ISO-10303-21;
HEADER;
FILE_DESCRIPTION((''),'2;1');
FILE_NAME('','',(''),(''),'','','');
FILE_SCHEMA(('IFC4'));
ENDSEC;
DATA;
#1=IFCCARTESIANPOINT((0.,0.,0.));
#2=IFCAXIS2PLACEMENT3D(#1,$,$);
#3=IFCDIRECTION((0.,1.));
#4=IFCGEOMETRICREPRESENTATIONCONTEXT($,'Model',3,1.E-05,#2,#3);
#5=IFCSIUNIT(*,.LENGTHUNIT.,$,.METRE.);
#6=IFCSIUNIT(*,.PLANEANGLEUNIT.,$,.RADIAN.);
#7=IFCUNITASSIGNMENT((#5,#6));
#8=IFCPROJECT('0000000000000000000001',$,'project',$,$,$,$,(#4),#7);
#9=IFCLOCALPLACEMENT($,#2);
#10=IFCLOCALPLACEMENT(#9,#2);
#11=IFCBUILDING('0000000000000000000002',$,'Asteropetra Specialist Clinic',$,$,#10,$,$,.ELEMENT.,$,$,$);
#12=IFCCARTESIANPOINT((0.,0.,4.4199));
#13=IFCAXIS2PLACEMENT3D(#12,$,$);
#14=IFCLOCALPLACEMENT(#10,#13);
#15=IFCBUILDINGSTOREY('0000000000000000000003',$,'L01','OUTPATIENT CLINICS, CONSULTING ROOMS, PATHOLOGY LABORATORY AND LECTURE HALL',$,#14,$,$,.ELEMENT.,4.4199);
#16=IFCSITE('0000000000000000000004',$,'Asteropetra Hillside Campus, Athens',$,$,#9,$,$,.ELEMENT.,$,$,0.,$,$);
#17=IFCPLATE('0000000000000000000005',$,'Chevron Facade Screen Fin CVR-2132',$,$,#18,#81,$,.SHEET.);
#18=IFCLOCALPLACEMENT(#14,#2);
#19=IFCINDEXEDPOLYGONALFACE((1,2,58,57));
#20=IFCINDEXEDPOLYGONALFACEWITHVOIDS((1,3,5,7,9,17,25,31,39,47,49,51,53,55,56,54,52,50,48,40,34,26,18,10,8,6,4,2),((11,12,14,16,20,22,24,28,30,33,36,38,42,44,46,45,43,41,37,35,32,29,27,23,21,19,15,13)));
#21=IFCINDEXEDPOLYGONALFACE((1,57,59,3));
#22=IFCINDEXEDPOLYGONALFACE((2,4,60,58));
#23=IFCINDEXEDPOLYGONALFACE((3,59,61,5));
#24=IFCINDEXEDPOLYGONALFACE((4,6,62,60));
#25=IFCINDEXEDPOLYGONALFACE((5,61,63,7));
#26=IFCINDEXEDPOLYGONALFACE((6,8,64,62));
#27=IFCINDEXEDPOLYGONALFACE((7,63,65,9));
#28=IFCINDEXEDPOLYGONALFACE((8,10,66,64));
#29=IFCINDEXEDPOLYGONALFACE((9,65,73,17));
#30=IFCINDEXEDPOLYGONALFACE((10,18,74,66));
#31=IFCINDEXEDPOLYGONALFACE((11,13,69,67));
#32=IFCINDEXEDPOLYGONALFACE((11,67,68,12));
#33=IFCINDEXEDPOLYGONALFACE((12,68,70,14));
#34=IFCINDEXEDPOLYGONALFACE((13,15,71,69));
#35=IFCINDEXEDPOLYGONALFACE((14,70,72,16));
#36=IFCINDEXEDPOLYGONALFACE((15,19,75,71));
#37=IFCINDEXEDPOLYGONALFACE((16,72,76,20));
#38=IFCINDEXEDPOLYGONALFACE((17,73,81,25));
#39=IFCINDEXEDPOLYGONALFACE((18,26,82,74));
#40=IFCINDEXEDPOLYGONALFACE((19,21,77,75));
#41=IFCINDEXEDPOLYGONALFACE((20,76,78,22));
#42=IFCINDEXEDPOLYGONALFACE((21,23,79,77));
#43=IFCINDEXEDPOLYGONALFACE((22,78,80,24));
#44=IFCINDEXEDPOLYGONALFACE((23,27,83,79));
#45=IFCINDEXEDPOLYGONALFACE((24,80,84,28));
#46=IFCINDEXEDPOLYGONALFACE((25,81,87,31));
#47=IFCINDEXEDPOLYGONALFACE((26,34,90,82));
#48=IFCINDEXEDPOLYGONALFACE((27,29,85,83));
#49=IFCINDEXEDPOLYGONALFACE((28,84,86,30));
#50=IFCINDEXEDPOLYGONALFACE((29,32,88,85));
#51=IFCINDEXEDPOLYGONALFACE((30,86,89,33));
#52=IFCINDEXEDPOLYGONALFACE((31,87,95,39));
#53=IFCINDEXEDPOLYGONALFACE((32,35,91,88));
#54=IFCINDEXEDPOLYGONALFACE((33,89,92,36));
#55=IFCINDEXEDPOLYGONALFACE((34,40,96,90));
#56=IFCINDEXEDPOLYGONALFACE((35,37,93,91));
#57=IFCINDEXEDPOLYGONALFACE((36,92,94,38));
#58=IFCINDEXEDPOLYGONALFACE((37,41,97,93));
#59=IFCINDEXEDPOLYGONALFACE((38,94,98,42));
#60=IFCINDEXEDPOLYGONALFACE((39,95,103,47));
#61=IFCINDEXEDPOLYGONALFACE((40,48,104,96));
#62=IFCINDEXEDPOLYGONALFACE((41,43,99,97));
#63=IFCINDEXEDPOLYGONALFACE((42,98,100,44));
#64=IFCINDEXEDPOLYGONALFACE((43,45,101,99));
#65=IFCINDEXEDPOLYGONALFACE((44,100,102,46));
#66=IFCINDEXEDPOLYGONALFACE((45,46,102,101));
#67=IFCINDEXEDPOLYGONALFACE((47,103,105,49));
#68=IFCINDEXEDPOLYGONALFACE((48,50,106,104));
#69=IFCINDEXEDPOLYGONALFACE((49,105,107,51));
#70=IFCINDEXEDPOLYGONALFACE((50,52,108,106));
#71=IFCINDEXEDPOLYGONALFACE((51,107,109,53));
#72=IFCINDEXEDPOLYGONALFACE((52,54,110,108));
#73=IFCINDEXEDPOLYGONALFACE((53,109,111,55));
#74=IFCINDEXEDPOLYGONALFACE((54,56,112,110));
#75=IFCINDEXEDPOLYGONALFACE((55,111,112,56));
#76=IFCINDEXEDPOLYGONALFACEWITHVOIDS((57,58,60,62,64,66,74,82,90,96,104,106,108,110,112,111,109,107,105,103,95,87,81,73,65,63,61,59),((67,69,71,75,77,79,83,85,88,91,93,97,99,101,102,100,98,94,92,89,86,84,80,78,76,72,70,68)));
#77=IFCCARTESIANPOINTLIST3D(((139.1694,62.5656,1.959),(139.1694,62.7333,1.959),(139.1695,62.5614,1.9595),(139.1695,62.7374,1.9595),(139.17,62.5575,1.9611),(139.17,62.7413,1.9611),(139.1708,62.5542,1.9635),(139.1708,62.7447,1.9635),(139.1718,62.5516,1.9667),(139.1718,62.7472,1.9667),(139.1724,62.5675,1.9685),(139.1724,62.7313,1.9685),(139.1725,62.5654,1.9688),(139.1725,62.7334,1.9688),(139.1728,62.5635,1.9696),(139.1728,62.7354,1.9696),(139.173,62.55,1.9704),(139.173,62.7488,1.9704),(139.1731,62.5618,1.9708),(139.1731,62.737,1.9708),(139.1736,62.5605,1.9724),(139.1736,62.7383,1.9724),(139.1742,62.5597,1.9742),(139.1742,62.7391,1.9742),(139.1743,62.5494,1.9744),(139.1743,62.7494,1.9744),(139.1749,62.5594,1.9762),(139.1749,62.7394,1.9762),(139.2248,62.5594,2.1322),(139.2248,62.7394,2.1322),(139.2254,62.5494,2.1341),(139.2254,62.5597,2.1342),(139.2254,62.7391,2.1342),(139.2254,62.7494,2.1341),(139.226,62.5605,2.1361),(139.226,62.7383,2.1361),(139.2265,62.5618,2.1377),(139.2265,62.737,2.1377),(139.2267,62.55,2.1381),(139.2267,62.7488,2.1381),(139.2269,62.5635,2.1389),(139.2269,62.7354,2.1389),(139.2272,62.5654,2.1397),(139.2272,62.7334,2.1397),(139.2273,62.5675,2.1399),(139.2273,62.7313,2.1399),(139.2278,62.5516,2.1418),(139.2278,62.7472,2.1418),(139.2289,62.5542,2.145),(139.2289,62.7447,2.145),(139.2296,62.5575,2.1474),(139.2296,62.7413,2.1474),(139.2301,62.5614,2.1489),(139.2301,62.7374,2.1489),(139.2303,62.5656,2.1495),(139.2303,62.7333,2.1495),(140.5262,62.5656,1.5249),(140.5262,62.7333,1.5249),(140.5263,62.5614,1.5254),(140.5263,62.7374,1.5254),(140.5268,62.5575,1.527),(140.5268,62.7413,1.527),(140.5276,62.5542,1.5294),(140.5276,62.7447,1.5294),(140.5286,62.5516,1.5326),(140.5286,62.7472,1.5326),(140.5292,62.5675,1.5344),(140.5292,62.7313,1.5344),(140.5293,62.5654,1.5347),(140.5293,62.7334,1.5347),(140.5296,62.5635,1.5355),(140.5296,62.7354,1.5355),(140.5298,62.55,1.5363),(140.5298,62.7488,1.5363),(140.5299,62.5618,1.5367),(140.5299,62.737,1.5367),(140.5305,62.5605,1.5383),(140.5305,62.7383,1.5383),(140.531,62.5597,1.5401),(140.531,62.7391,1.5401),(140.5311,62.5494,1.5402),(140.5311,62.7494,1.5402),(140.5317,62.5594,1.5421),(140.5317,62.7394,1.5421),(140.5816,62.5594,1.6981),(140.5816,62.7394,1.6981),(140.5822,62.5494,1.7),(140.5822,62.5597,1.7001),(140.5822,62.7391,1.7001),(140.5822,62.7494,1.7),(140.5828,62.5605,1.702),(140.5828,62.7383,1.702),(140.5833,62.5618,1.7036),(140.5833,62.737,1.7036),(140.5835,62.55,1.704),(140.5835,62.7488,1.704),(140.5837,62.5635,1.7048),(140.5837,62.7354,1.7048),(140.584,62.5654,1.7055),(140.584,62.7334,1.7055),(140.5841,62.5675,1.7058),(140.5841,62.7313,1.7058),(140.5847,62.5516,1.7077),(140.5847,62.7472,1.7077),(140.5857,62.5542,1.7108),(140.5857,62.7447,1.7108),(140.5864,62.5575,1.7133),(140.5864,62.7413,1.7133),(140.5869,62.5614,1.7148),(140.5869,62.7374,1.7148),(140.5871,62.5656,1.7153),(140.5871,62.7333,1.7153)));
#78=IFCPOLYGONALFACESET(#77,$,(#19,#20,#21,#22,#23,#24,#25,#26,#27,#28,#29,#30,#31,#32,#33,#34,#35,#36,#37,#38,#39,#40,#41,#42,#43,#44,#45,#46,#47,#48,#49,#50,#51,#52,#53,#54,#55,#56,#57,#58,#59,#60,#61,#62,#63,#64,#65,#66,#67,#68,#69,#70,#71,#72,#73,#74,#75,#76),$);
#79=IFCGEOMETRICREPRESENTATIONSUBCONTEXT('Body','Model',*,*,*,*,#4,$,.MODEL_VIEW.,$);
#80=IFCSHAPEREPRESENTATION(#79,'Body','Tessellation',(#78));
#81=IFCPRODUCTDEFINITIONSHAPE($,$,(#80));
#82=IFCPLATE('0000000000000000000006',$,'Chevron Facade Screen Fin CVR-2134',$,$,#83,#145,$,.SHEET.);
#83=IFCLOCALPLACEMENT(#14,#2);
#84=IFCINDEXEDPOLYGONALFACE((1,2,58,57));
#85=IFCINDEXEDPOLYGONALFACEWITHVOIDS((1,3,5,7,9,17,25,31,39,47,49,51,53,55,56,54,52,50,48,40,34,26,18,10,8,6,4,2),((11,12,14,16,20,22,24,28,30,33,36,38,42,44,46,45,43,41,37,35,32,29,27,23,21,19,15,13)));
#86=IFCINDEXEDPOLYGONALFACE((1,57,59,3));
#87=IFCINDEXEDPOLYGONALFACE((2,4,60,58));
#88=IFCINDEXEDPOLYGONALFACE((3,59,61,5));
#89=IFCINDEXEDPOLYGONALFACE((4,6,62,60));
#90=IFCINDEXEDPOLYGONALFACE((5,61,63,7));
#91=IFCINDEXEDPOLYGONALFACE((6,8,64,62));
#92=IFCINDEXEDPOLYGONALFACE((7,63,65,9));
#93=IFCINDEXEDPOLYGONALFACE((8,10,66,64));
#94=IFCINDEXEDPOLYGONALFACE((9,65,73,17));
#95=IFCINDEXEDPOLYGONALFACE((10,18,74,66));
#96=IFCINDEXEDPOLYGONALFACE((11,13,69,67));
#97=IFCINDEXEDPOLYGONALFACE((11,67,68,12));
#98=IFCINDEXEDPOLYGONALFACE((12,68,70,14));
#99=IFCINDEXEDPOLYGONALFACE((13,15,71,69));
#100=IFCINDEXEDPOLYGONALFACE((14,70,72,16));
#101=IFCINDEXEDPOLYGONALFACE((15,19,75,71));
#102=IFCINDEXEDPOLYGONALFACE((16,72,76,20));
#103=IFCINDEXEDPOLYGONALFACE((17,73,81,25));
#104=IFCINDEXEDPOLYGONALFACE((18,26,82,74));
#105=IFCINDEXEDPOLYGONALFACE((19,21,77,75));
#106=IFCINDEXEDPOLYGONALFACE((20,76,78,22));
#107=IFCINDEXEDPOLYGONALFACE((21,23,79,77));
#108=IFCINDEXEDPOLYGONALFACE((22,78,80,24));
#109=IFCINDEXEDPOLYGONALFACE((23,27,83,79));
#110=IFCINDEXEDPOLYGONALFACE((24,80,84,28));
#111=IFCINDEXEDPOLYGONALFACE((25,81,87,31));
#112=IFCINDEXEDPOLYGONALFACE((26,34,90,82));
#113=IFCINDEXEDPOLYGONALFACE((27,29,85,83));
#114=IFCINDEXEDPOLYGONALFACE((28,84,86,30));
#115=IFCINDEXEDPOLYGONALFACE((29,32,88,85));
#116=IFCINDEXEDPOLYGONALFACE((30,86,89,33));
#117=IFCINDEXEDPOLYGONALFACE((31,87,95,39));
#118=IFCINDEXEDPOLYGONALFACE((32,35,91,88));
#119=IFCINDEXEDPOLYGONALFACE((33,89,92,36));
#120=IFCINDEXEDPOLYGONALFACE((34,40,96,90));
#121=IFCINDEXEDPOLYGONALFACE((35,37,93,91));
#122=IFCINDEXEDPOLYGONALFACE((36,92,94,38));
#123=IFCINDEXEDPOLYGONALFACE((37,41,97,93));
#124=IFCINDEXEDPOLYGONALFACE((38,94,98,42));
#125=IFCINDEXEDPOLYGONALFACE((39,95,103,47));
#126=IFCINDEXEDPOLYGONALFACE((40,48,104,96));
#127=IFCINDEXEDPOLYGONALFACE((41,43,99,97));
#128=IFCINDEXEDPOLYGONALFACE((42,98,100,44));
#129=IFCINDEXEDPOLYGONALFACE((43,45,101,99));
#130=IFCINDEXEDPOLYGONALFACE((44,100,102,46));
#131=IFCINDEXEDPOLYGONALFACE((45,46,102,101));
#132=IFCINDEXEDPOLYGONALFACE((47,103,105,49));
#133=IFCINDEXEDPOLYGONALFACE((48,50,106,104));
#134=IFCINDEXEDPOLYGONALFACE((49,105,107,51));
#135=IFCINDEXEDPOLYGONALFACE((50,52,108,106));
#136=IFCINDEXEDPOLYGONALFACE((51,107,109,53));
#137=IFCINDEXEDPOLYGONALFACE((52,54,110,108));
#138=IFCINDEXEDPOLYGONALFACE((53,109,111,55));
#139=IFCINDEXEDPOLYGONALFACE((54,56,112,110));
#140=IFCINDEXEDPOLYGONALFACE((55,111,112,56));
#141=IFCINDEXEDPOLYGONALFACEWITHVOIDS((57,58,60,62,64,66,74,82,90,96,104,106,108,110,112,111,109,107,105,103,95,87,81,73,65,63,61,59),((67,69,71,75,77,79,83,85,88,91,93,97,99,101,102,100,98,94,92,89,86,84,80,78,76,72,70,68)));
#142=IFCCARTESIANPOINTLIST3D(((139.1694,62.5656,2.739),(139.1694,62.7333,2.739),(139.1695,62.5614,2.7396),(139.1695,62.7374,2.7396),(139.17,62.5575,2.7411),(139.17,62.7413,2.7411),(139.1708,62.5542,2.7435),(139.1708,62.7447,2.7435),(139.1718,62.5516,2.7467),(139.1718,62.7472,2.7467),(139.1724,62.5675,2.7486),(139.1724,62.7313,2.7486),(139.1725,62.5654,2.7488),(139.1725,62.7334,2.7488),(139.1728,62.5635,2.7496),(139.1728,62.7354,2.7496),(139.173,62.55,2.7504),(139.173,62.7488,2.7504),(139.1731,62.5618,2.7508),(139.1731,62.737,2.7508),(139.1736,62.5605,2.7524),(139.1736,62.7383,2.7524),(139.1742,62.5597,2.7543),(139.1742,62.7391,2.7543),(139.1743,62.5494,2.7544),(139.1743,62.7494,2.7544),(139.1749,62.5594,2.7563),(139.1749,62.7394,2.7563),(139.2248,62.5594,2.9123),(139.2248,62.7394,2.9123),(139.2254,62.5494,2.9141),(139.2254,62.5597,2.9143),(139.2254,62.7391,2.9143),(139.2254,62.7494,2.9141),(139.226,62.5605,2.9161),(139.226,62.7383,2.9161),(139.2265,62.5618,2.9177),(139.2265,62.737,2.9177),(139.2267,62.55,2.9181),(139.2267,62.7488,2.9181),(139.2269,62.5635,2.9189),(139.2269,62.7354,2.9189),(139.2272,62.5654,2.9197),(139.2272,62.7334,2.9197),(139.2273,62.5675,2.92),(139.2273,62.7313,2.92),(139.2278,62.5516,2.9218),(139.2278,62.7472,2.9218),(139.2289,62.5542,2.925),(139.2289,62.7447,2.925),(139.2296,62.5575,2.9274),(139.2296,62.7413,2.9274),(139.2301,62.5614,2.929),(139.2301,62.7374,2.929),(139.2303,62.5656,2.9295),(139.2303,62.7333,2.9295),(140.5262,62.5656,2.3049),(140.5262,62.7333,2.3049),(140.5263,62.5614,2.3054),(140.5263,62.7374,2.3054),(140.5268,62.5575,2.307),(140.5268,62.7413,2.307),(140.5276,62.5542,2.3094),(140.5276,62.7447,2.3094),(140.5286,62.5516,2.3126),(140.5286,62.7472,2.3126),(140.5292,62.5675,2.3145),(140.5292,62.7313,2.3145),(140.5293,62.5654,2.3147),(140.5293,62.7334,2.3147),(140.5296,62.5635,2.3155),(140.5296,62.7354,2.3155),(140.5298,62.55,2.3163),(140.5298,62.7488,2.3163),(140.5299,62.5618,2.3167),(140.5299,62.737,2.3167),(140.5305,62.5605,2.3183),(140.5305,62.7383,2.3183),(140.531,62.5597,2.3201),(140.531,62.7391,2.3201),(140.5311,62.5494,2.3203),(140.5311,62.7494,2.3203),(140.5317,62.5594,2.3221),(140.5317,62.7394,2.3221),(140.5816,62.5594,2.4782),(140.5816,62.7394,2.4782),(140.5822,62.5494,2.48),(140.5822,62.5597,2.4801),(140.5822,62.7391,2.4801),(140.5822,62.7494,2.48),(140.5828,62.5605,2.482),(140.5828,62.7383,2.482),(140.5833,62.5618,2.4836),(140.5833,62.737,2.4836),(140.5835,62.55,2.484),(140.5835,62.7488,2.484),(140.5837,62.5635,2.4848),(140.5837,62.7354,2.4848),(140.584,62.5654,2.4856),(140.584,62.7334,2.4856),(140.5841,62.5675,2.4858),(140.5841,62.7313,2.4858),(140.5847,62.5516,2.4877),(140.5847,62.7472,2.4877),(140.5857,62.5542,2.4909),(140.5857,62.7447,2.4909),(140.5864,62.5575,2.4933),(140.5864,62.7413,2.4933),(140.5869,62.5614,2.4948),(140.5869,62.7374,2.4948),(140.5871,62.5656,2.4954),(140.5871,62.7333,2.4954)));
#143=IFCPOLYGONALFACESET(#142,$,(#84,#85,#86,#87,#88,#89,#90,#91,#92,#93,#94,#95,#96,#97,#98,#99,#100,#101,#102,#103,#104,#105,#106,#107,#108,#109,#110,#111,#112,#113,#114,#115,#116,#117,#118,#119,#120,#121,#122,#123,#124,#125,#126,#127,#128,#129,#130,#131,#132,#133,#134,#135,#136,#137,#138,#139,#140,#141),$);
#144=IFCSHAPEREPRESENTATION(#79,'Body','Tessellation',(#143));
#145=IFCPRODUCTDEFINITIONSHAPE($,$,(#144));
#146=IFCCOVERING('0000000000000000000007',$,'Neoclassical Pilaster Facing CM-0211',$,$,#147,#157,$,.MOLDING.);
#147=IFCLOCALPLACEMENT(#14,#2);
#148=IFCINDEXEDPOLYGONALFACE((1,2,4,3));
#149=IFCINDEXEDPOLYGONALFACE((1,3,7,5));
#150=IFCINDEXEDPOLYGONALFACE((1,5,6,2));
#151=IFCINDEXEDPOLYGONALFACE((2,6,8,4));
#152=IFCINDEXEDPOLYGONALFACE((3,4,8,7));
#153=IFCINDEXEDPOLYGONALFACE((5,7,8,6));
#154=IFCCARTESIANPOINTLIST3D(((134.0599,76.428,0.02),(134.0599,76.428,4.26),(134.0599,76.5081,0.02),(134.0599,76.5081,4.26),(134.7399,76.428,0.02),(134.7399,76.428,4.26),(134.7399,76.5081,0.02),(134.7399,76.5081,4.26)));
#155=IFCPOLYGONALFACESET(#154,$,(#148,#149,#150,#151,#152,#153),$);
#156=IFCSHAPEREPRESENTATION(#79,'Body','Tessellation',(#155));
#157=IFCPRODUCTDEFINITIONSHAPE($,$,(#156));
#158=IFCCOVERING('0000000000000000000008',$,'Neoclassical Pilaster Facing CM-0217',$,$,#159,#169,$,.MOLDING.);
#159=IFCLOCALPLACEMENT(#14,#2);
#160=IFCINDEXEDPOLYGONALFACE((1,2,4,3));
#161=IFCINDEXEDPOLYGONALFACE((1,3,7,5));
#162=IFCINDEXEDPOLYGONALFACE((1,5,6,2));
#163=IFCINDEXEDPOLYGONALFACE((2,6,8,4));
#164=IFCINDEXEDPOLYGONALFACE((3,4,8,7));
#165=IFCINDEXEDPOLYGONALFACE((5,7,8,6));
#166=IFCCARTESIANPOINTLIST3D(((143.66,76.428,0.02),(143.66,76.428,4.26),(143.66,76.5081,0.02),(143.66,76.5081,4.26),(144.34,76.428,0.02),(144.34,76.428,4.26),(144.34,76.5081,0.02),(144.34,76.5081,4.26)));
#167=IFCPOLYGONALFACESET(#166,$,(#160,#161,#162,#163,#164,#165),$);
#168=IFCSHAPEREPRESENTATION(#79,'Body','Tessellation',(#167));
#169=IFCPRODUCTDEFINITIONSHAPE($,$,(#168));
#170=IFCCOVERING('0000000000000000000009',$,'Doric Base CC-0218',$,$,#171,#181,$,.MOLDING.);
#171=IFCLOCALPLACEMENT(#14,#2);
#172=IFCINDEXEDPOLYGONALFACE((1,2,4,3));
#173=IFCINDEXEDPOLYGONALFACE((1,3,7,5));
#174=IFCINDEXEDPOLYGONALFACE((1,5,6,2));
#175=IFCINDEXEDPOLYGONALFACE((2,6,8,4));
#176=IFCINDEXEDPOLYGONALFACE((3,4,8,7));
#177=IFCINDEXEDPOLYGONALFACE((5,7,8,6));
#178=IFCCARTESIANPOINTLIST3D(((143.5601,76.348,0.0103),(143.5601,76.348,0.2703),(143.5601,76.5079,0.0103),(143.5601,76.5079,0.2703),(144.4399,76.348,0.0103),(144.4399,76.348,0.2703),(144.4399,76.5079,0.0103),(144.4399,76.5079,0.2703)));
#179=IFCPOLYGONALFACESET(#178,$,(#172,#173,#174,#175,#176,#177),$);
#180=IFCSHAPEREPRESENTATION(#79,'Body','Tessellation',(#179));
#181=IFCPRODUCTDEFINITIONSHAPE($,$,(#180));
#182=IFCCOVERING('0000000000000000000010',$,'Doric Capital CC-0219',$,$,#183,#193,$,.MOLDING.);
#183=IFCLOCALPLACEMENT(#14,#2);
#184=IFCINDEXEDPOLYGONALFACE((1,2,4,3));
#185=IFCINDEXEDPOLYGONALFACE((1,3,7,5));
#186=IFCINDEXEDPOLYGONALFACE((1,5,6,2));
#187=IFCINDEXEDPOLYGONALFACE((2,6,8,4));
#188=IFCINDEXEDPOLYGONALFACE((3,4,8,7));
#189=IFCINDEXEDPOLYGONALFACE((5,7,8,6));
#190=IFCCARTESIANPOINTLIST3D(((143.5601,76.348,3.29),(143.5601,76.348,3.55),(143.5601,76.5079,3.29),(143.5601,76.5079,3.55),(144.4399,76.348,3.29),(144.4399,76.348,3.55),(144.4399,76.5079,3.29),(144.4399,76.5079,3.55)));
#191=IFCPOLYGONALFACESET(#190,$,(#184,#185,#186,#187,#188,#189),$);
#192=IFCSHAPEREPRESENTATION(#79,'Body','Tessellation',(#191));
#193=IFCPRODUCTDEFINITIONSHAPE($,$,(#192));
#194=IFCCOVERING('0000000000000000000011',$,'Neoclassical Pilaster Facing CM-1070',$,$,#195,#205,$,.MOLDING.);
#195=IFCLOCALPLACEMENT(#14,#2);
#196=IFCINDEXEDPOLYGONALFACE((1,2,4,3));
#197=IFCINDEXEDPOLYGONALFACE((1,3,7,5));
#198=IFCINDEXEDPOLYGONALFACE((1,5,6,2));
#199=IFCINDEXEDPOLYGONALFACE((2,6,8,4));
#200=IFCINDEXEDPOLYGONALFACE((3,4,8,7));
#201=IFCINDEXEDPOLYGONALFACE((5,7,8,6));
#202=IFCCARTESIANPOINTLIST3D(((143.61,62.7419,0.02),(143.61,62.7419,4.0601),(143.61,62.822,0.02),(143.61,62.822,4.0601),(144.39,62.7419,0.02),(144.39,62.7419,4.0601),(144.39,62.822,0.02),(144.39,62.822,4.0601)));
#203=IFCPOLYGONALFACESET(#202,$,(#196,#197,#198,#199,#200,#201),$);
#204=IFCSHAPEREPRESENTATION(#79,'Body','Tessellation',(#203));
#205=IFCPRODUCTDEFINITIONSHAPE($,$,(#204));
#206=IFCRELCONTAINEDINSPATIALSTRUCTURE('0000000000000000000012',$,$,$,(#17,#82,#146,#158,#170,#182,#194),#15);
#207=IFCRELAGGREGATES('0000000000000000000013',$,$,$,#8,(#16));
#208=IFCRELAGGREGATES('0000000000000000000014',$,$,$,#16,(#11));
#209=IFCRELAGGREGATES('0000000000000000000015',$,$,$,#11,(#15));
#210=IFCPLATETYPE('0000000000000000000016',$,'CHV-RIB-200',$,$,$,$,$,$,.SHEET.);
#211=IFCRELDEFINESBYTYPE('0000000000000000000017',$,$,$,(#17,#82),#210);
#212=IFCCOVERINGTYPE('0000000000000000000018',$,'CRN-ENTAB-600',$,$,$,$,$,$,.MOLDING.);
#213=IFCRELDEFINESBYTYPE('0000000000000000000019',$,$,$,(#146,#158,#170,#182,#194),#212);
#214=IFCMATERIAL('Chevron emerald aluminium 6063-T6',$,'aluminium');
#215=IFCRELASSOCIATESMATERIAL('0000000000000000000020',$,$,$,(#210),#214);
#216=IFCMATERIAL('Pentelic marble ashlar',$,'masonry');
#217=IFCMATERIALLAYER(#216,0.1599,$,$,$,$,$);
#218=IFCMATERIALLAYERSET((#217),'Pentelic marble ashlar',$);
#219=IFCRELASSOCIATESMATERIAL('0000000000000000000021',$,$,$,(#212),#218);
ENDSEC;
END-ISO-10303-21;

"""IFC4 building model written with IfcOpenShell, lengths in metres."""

from ifc_helpers import new_model, si_unit, direction, frame, origin, origin_2d, place, context, subcontext, project, spatial, rectangle, hollow_rectangle, extrude, material, layer, layer_set, material_profile, profile_set, type_object, element, save


model = new_model("IFC4")

# Units and contexts
model_context = context("Model", 3, precision=1e-05, world=origin(), true_north=direction((0.0, 1.0)))
body_context = subcontext(model_context, "Body", "Model", "MODEL_VIEW")
ifc_project = project(units=[si_unit("LENGTHUNIT", "METRE"), si_unit("PLANEANGLEUNIT", "RADIAN")], contexts=[model_context])

# Site, building, storey
site_placement = place(None, origin())
site = spatial("IfcSite", under=ifc_project, at=site_placement, Name="Asteropetra Hillside Campus, Athens", CompositionType="ELEMENT", RefElevation=0.0)
building_placement = place(site_placement, origin())
building = spatial("IfcBuilding", under=site, at=building_placement, Name="Asteropetra Specialist Clinic", CompositionType="ELEMENT")
storey_placement = place(building_placement, frame((0.0, 0.0, 4.4199)))
storey = spatial("IfcBuildingStorey", under=building, at=storey_placement, Name="L01", Description="OUTPATIENT CLINICS, CONSULTING ROOMS, PATHOLOGY LABORATORY AND LECTURE HALL", CompositionType="ELEMENT", Elevation=4.4199)

# Plates
ifc_material_1 = material(Name="Chevron emerald aluminium 6063-T6", Category="aluminium")
ifc_material_profile_1 = material_profile(ifc_material_1, hollow_rectangle(XDim=0.2, YDim=0.2, WallThickness=0.01, InnerFilletRadius=0.0081, OuterFilletRadius=0.0161, at=origin_2d()), Name="SHS 200x200x10.0")
ifc_profile_set_1 = profile_set([ifc_material_profile_1], Name="Chevron emerald aluminium 6063-T6")
plate_type_1 = type_object("IfcPlateType", Name="CHV-RIB-200", PredefinedType="SHEET", material=ifc_profile_set_1)
for number, where, z_axis, x_axis, name in (
    (1, (140.5566, 62.6494, 1.6201), (-0.952436, 0.0, 0.304738), (0.0, -1.0, 0.0), "Chevron Facade Screen Fin CVR-2132"),
    (2, (140.5566, 62.6494, 2.4001), (-0.952436, 0.0, 0.304738), (0.0, -1.0, 0.0), "Chevron Facade Screen Fin CVR-2134"),
):
    element("IfcPlate", number, at=place(storey_placement, frame(where, z_axis=z_axis, x_axis=x_axis)), inside=storey, type_object=plate_type_1, Name=name, PredefinedType="SHEET", context=body_context, shape_type="SweptSolid", body=[
        extrude(hollow_rectangle(XDim=0.2, YDim=0.2, WallThickness=0.01, InnerFilletRadius=0.0081, OuterFilletRadius=0.0161, at=origin_2d()), origin(), (0.0, 0.0, 1.0), 1.4246),
    ])

# Coverings
ifc_material_2 = material(Name="Pentelic marble ashlar", Category="masonry")
ifc_layer_1 = layer(ifc_material_2, 0.1599)
ifc_layer_set_1 = layer_set([ifc_layer_1], Name="Pentelic marble ashlar")
covering_type_1 = type_object("IfcCoveringType", Name="CRN-ENTAB-600", PredefinedType="MOLDING", material=ifc_layer_set_1)
for number, where, z_axis, x_axis, name in (
    (3, (134.3999, 76.468, 0.02), (0.0, 0.0, 1.0), (1.0, 0.0, 0.0), "Neoclassical Pilaster Facing CM-0211"),
    (4, (144.0, 76.468, 0.02), (0.0, 0.0, 1.0), (1.0, 0.0, 0.0), "Neoclassical Pilaster Facing CM-0217"),
):
    element("IfcCovering", number, at=place(storey_placement, frame(where, z_axis=z_axis, x_axis=x_axis)), inside=storey, type_object=covering_type_1, Name=name, PredefinedType="MOLDING", context=body_context, shape_type="SweptSolid", body=[
        extrude(rectangle(XDim=0.6799, YDim=0.0801, at=origin_2d()), origin(), (0.0, 0.0, 1.0), 4.24),
    ])
for number, where, z_axis, x_axis, name in (
    (5, (144.0, 76.428, 0.0103), (0.0, 0.0, 1.0), (1.0, 0.0, 0.0), "Doric Base CC-0218"),
    (6, (144.0, 76.428, 3.29), (0.0, 0.0, 1.0), (1.0, 0.0, 0.0), "Doric Capital CC-0219"),
):
    element("IfcCovering", number, at=place(storey_placement, frame(where, z_axis=z_axis, x_axis=x_axis)), inside=storey, type_object=covering_type_1, Name=name, PredefinedType="MOLDING", context=body_context, shape_type="SweptSolid", body=[
        extrude(rectangle(XDim=0.8799, YDim=0.1599, at=origin_2d()), origin(), (0.0, 0.0, 1.0), 0.26),
    ])
covering_placement = place(storey_placement, frame((144.0, 62.782, 0.02), z_axis=(0.0, 0.0, 1.0), x_axis=(1.0, 0.0, 0.0)))
element("IfcCovering", 7, at=covering_placement, inside=storey, type_object=covering_type_1, Name="Neoclassical Pilaster Facing CM-1070", PredefinedType="MOLDING", context=body_context, shape_type="SweptSolid", body=[
    extrude(rectangle(XDim=0.78, YDim=0.0801, at=origin_2d()), origin(), (0.0, 0.0, 1.0), 4.04),
])

save(model, "model.ifc")
